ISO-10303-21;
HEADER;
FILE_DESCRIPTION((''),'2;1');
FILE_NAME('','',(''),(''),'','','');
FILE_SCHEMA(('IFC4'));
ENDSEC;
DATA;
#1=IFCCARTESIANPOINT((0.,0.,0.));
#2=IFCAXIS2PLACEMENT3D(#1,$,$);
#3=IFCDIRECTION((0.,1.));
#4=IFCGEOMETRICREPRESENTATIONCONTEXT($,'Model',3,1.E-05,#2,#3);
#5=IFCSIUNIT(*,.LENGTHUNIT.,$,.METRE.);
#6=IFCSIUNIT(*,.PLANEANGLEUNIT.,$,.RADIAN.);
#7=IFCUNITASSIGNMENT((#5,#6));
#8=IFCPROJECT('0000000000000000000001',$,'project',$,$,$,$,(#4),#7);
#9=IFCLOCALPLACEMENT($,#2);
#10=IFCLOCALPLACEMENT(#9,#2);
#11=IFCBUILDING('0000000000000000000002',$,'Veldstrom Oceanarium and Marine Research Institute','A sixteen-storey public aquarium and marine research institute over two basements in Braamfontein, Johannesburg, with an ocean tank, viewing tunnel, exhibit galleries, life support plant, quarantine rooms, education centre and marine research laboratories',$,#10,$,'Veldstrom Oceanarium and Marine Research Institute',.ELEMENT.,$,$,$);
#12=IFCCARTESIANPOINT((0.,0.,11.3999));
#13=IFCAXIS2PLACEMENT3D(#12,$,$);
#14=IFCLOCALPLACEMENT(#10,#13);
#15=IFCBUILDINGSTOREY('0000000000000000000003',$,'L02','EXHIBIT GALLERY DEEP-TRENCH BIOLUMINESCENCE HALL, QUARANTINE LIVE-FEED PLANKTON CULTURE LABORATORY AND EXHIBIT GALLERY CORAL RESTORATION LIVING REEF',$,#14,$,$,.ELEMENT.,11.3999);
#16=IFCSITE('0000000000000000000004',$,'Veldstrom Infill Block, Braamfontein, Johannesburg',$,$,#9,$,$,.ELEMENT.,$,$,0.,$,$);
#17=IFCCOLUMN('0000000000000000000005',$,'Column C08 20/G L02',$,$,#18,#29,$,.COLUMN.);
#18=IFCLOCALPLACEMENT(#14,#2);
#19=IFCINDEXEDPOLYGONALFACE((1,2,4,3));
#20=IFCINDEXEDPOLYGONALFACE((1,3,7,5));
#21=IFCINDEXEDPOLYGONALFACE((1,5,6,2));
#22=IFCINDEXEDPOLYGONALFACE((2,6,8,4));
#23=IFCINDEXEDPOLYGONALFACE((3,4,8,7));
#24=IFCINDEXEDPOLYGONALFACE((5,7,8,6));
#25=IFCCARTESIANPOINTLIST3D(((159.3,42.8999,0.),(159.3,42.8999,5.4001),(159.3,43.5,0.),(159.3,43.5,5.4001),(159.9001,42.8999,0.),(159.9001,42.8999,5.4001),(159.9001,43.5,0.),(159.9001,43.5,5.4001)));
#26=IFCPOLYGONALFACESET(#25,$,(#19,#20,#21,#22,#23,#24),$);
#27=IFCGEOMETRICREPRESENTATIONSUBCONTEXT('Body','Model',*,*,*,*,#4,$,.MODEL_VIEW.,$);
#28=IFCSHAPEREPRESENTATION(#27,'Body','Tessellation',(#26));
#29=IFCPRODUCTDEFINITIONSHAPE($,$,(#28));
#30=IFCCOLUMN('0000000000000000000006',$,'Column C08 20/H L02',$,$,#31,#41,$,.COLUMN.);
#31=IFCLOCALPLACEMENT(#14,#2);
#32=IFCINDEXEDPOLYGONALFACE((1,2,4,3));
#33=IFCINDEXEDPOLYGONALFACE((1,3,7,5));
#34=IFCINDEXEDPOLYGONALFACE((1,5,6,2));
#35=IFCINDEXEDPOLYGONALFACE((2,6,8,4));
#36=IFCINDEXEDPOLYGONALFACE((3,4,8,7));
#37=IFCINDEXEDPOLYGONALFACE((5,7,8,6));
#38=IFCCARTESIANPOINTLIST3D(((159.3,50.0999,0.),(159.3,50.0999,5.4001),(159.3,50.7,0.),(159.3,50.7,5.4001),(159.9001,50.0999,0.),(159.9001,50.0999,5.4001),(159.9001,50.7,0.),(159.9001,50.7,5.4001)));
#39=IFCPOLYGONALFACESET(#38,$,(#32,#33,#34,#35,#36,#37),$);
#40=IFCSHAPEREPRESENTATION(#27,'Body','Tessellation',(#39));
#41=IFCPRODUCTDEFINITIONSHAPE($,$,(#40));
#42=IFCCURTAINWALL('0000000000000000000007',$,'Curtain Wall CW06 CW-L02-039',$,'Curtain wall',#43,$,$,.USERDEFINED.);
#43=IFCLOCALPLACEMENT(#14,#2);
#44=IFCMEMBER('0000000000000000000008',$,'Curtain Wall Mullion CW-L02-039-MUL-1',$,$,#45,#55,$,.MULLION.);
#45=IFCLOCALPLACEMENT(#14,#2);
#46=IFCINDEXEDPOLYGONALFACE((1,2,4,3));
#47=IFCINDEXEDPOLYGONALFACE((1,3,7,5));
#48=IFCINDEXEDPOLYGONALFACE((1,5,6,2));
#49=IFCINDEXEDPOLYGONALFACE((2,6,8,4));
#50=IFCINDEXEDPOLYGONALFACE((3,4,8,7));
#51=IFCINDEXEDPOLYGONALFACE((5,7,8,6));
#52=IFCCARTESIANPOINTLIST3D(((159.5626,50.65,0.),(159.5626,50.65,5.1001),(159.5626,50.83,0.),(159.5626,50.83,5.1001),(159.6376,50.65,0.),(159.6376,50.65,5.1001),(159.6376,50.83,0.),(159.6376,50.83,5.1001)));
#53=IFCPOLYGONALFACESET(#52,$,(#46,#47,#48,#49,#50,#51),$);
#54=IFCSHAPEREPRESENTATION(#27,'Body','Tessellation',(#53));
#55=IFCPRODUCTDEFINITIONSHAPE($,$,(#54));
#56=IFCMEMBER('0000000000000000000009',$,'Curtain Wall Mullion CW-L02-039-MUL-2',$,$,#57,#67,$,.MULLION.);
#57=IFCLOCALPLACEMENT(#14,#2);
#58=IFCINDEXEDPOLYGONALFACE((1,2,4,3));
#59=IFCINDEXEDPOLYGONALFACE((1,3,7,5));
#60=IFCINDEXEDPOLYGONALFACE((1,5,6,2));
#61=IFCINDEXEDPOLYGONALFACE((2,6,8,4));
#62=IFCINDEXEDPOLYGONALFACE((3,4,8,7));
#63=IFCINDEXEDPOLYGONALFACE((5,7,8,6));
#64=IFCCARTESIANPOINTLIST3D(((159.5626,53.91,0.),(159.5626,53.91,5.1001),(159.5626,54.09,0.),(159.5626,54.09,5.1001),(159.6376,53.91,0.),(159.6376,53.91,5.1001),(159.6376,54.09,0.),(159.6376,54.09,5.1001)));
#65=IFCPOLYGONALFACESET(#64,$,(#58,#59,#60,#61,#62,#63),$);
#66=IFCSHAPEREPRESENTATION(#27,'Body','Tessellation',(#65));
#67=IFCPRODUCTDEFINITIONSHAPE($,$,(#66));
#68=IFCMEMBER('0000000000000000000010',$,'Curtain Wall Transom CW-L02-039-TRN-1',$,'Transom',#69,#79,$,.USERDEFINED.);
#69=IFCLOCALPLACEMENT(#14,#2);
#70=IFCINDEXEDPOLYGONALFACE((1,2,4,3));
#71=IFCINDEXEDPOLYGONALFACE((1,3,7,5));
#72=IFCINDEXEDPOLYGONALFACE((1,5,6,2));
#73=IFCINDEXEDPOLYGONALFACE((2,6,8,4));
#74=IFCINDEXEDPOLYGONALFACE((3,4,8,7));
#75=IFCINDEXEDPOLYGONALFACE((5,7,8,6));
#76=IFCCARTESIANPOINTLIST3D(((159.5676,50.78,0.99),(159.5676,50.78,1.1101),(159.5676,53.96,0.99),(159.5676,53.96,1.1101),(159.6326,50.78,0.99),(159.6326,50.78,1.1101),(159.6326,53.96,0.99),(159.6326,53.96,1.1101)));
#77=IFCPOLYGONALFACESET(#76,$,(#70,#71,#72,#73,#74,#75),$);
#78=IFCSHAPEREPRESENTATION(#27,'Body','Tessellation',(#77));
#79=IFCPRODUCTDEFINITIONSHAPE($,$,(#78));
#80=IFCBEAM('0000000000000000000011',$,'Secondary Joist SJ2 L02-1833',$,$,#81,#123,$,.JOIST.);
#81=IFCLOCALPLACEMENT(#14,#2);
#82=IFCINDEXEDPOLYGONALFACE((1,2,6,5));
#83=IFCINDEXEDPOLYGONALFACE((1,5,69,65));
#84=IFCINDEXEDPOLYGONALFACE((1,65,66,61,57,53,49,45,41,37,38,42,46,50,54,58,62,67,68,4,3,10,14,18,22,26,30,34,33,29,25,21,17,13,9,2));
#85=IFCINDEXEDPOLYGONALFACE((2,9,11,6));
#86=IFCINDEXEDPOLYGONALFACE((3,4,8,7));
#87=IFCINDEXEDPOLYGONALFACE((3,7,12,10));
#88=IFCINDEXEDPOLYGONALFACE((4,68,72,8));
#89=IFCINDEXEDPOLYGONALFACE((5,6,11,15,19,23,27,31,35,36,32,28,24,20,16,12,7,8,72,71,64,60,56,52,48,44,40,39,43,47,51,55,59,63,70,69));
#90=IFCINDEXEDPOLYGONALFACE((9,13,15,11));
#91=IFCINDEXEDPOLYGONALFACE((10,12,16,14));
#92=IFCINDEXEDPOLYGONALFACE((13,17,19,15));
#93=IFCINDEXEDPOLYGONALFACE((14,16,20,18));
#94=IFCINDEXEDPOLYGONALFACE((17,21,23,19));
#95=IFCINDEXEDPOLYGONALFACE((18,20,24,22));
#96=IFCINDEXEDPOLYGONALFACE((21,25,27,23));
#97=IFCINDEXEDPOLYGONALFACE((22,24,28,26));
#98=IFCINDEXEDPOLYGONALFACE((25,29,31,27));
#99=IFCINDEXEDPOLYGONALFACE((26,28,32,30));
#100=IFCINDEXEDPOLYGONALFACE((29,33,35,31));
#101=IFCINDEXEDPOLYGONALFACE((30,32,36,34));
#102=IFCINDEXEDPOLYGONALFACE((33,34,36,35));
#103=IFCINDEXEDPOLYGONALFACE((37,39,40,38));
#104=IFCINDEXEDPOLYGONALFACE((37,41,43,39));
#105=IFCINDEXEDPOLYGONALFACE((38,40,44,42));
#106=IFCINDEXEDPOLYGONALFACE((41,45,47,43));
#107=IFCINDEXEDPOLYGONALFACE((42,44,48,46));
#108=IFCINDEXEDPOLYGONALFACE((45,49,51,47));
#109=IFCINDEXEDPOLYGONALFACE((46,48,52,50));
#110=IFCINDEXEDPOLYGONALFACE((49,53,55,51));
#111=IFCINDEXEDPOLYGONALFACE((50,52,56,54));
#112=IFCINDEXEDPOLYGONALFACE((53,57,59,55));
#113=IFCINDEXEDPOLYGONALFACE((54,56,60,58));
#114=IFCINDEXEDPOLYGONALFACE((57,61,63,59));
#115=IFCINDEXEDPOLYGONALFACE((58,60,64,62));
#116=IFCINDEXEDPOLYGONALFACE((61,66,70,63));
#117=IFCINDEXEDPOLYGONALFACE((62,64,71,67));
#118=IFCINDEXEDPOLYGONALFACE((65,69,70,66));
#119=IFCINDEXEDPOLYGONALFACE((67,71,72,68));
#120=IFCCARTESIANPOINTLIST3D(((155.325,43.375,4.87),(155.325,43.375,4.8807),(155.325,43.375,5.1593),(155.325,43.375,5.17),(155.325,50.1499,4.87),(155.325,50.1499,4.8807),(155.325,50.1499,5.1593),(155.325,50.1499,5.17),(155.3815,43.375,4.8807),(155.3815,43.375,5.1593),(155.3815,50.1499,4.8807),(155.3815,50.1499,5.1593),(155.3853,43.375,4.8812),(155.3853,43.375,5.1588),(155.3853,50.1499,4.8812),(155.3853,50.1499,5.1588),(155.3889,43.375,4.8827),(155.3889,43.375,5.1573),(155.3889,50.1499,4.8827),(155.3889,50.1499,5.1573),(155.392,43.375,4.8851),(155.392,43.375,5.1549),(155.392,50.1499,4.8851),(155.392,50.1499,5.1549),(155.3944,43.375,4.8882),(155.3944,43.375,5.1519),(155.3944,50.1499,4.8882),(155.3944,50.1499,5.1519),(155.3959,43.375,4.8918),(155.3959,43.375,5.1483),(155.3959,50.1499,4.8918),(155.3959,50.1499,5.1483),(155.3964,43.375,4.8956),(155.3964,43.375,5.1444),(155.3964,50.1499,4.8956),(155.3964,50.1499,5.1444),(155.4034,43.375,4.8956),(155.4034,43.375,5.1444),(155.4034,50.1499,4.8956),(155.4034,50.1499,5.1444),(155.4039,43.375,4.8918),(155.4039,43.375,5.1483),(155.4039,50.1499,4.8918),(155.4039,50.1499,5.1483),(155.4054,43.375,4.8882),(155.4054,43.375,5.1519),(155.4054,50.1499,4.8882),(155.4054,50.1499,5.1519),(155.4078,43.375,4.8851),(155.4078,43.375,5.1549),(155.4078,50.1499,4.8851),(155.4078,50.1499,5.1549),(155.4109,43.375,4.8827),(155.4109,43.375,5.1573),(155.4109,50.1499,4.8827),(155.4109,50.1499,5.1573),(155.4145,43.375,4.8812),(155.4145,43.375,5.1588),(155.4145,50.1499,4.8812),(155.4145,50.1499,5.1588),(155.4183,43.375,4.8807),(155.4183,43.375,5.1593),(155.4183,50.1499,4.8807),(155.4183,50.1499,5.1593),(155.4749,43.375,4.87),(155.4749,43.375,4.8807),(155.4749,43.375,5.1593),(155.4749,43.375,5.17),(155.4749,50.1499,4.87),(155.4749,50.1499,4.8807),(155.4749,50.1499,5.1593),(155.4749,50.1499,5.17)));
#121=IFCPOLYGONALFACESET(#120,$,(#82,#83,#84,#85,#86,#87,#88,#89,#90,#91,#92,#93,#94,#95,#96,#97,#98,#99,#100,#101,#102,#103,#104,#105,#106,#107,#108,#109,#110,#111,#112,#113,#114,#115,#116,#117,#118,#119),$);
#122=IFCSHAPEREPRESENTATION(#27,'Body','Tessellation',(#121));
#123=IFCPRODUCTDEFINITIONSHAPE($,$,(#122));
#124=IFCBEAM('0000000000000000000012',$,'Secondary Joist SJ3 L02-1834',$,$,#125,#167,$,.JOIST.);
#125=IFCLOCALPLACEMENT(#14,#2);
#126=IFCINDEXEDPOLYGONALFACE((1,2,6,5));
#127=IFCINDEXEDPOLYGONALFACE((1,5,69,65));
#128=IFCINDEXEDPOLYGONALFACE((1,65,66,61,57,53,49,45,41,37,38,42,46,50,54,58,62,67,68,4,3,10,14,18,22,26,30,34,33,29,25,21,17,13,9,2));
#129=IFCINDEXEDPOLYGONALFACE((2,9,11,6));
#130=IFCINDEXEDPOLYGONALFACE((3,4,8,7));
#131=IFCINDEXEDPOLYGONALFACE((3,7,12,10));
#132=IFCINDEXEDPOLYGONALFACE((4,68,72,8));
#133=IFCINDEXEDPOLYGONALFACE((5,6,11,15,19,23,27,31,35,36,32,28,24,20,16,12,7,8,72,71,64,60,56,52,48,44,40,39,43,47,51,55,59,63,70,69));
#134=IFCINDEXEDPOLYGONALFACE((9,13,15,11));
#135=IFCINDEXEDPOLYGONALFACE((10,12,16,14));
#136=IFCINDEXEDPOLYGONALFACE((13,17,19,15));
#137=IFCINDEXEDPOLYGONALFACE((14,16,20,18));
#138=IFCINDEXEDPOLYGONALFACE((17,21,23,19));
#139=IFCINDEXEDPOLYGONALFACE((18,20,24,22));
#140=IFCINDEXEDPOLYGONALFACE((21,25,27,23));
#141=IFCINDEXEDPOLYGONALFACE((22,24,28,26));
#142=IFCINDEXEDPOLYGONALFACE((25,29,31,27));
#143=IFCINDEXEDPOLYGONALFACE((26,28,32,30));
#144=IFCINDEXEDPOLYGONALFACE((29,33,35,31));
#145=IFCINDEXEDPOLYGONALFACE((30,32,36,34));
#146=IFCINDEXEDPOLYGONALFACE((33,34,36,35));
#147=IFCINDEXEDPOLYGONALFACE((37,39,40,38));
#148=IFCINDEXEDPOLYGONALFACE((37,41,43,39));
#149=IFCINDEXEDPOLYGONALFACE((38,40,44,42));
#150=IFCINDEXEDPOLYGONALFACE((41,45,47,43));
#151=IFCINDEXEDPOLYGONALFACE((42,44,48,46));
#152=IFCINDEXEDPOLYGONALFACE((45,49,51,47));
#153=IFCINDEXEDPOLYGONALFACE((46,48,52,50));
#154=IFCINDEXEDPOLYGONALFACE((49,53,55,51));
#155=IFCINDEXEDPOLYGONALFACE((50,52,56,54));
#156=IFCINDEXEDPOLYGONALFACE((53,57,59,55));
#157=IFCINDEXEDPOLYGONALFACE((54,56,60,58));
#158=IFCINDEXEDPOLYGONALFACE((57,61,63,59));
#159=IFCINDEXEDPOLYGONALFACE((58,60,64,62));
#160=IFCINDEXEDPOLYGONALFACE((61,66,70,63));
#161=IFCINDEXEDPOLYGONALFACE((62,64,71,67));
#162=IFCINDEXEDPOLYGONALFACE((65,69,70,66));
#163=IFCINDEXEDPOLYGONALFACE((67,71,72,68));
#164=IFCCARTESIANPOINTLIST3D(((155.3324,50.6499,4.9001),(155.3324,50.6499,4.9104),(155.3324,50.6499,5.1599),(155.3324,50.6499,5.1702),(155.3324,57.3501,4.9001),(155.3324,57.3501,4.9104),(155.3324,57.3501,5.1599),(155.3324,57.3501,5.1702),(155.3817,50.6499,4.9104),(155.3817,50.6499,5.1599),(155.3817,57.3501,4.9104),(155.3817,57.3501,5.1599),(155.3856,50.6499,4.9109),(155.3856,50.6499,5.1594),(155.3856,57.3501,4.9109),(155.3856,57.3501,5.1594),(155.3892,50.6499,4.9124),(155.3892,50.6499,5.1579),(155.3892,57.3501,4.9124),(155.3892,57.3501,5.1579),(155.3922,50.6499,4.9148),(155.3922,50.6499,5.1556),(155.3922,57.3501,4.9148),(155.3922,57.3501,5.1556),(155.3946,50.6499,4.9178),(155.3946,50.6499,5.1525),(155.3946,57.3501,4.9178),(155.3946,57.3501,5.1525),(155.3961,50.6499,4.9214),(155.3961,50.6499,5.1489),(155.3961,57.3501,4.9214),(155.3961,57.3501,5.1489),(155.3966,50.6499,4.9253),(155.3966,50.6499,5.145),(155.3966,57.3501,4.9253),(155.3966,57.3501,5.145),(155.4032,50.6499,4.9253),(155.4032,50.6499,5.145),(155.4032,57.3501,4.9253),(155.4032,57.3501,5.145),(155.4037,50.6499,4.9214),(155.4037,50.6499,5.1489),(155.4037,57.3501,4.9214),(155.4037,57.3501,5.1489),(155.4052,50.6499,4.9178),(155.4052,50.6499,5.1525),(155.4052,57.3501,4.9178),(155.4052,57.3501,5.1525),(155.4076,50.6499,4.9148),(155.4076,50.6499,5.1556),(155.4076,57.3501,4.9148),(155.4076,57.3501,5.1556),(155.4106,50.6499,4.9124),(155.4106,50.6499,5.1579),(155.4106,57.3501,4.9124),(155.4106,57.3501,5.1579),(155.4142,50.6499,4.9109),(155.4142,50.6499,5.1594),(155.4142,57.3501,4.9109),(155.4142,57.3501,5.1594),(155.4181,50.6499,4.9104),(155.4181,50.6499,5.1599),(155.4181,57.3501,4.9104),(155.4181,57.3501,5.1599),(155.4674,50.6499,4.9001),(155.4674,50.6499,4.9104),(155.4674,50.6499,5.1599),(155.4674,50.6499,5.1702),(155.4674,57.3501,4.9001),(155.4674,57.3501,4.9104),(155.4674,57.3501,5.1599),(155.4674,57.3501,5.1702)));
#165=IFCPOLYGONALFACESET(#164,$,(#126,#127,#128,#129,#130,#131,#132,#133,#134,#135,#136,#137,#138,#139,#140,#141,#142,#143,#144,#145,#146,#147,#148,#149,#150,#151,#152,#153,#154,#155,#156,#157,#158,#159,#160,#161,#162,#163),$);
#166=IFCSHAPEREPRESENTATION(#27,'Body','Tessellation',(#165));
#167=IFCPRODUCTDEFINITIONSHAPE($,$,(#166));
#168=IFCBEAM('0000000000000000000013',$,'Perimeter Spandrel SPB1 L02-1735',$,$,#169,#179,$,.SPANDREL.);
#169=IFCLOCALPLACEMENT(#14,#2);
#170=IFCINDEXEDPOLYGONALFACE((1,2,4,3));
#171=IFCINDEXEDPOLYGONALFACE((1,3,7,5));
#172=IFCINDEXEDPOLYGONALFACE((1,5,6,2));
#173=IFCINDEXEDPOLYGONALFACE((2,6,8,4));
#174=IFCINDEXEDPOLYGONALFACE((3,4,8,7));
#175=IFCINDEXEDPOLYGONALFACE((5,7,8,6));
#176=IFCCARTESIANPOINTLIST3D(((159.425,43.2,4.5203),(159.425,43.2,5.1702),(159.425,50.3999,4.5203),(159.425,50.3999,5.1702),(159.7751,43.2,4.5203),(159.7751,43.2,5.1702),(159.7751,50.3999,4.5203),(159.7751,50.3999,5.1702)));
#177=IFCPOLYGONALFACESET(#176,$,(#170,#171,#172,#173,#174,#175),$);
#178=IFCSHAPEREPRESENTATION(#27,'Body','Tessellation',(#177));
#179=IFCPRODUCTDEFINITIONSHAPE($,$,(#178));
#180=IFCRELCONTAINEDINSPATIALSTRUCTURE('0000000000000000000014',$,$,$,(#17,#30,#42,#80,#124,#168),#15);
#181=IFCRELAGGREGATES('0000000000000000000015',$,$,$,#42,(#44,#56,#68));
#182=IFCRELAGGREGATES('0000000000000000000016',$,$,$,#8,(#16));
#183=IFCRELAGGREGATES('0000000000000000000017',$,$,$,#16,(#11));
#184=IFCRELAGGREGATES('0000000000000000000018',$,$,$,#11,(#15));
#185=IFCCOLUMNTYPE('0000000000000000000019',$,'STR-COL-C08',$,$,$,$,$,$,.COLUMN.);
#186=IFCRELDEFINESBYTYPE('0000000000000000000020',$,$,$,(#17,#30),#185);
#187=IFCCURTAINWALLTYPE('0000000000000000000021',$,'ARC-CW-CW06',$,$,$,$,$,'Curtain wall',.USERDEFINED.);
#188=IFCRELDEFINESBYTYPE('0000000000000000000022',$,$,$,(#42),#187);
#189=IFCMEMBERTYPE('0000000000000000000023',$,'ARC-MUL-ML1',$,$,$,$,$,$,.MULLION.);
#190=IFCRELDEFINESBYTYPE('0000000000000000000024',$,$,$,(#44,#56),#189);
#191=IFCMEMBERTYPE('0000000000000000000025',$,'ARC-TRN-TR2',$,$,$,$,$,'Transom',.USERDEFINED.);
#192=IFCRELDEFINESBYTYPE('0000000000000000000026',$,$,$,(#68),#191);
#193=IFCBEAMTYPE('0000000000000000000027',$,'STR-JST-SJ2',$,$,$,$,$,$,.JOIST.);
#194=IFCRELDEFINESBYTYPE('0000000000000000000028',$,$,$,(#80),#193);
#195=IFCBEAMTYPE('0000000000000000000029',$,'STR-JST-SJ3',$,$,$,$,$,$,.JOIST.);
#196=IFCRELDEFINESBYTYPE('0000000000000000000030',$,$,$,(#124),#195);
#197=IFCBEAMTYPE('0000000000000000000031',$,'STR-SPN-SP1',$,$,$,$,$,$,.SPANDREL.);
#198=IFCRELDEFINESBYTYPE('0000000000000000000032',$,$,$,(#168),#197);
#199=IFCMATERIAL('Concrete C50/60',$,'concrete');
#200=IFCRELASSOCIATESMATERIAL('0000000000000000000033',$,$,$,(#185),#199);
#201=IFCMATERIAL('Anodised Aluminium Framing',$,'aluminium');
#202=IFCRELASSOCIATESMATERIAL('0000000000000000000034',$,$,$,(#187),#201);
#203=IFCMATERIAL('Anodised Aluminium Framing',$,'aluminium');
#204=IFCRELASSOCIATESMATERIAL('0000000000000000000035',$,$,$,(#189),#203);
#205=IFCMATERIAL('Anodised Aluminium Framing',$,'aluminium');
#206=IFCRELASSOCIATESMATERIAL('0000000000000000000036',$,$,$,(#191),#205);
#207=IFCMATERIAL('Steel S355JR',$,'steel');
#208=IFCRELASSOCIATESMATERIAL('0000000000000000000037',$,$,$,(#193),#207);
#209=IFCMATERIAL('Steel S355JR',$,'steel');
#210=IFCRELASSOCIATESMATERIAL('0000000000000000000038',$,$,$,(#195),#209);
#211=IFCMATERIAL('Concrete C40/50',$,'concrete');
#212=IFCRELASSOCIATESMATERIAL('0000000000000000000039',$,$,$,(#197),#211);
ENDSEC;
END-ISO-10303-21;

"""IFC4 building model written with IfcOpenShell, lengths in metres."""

from ifc_helpers import new_model, si_unit, direction, frame, origin, origin_2d, place, context, subcontext, project, spatial, rectangle, i_section, extrude, material, material_profile, profile_set, type_object, element, aggregate, save


model = new_model("IFC4")

# Units and contexts
model_context = context("Model", 3, precision=1e-05, world=origin(), true_north=direction((0.0, 1.0)))
body_context = subcontext(model_context, "Body", "Model", "MODEL_VIEW")
ifc_project = project(units=[si_unit("LENGTHUNIT", "METRE"), si_unit("PLANEANGLEUNIT", "RADIAN")], contexts=[model_context])

# Site, building, storey
site_placement = place(None, origin())
site = spatial("IfcSite", under=ifc_project, at=site_placement, Name="Veldstrom Infill Block, Braamfontein, Johannesburg", CompositionType="ELEMENT", RefElevation=0.0)
building_placement = place(site_placement, origin())
building = spatial("IfcBuilding", under=site, at=building_placement, Name="Veldstrom Oceanarium and Marine Research Institute", Description="A sixteen-storey public aquarium and marine research institute over two basements in Braamfontein, Johannesburg, with an ocean tank, viewing tunnel, exhibit galleries, life support plant, quarantine rooms, education centre and marine research laboratories", LongName="Veldstrom Oceanarium and Marine Research Institute", CompositionType="ELEMENT")
storey_placement = place(building_placement, frame((0.0, 0.0, 11.3999)))
storey = spatial("IfcBuildingStorey", under=building, at=storey_placement, Name="L02", Description="EXHIBIT GALLERY DEEP-TRENCH BIOLUMINESCENCE HALL, QUARANTINE LIVE-FEED PLANKTON CULTURE LABORATORY AND EXHIBIT GALLERY CORAL RESTORATION LIVING REEF", CompositionType="ELEMENT", Elevation=11.3999)

# Columns
ifc_material_1 = material(Name="Concrete C50/60", Category="concrete")
ifc_material_profile_1 = material_profile(ifc_material_1, rectangle(XDim=0.6001, YDim=0.6001, at=origin_2d()), Name="RC-COL-600x600")
ifc_profile_set_1 = profile_set([ifc_material_profile_1], Name="Concrete C50/60")
column_type = type_object("IfcColumnType", Name="STR-COL-C08", PredefinedType="COLUMN", material=ifc_profile_set_1)
for number, where, z_axis, x_axis, name in (
    (1, (159.6001, 43.2, 0.0), (0.0, 0.0, 1.0), (1.0, 0.0, 0.0), "Column C08 20/G L02"),
    (2, (159.6001, 50.3999, 0.0), (0.0, 0.0, 1.0), (1.0, 0.0, 0.0), "Column C08 20/H L02"),
):
    element("IfcColumn", number, at=place(storey_placement, frame(where, z_axis=z_axis, x_axis=x_axis)), inside=storey, type_object=column_type, Name=name, PredefinedType="COLUMN", context=body_context, shape_type="SweptSolid", body=[
        extrude(rectangle(XDim=0.6001, YDim=0.6001, at=origin_2d()), origin(), (0.0, 0.0, 1.0), 5.4001),
    ])

# Curtain wall, members
ifc_material_2 = material(Name="Anodised Aluminium Framing", Category="aluminium")
curtain_wall_type = type_object("IfcCurtainWallType", Name="ARC-CW-CW06", ElementType="Curtain wall", PredefinedType="USERDEFINED", material=ifc_material_2)
curtain_wall_placement = place(storey_placement, origin())
curtain_wall = element("IfcCurtainWall", 3, at=curtain_wall_placement, inside=storey, type_object=curtain_wall_type, Name="Curtain Wall CW06 CW-L02-039", ObjectType="Curtain wall", PredefinedType="USERDEFINED")
ifc_material_3 = material(Name="Anodised Aluminium Framing", Category="aluminium")
ifc_material_profile_2 = material_profile(ifc_material_3, rectangle(XDim=0.075, YDim=0.1799, at=origin_2d()), Name="ALU-MUL-75x180")
ifc_profile_set_2 = profile_set([ifc_material_profile_2], Name="Anodised Aluminium Framing")
member_type_1 = type_object("IfcMemberType", Name="ARC-MUL-ML1", PredefinedType="MULLION", material=ifc_profile_set_2)
member_1_placement = place(storey_placement, frame((159.6001, 50.74, 0.0), z_axis=(0.0, 0.0, 1.0), x_axis=(1.0, 0.0, 0.0)))
member_1 = element("IfcMember", 4, at=member_1_placement, type_object=member_type_1, Name="Curtain Wall Mullion CW-L02-039-MUL-1", PredefinedType="MULLION", context=body_context, shape_type="SweptSolid", body=[
    extrude(rectangle(XDim=0.075, YDim=0.1799, at=origin_2d()), origin(), (0.0, 0.0, 1.0), 5.1001),
])
member_2_placement = place(storey_placement, frame((159.6001, 54.0, 0.0), z_axis=(0.0, 0.0, 1.0), x_axis=(1.0, 0.0, 0.0)))
member_2 = element("IfcMember", 5, at=member_2_placement, type_object=member_type_1, Name="Curtain Wall Mullion CW-L02-039-MUL-2", PredefinedType="MULLION", context=body_context, shape_type="SweptSolid", body=[
    extrude(rectangle(XDim=0.075, YDim=0.1799, at=origin_2d()), origin(), (0.0, 0.0, 1.0), 5.1001),
])
ifc_material_4 = material(Name="Anodised Aluminium Framing", Category="aluminium")
ifc_material_profile_3 = material_profile(ifc_material_4, rectangle(XDim=0.0649, YDim=0.1201, at=origin_2d()), Name="ALU-TRN-65x120")
ifc_profile_set_3 = profile_set([ifc_material_profile_3], Name="Anodised Aluminium Framing")
member_type_2 = type_object("IfcMemberType", Name="ARC-TRN-TR2", ElementType="Transom", PredefinedType="USERDEFINED", material=ifc_profile_set_3)
member_3_placement = place(storey_placement, frame((159.6001, 50.78, 1.05), z_axis=(0.0, 1.0, 0.0), x_axis=(-1.0, 0.0, 0.0)))
member_3 = element("IfcMember", 6, at=member_3_placement, type_object=member_type_2, Name="Curtain Wall Transom CW-L02-039-TRN-1", ObjectType="Transom", PredefinedType="USERDEFINED", context=body_context, shape_type="SweptSolid", body=[
    extrude(rectangle(XDim=0.0649, YDim=0.1201, at=origin_2d()), origin(), (0.0, 0.0, 1.0), 3.1799),
])

# Beams
ifc_material_5 = material(Name="Steel S355JR", Category="steel")
ifc_material_profile_4 = material_profile(ifc_material_5, i_section(OverallWidth=0.1499, OverallDepth=0.3, WebThickness=0.0071, FlangeThickness=0.0107, FilletRadius=0.0149, at=origin_2d()), Name="IPE 300")
ifc_profile_set_4 = profile_set([ifc_material_profile_4], Name="Steel S355JR")
beam_type_1 = type_object("IfcBeamType", Name="STR-JST-SJ2", PredefinedType="JOIST", material=ifc_profile_set_4)
beam_1_placement = place(storey_placement, frame((155.3999, 43.375, 5.02), z_axis=(0.0, 1.0, 0.0), x_axis=(-1.0, 0.0, 0.0)))
element("IfcBeam", 7, at=beam_1_placement, inside=storey, type_object=beam_type_1, Name="Secondary Joist SJ2 L02-1833", PredefinedType="JOIST", context=body_context, shape_type="SweptSolid", body=[
    extrude(i_section(OverallWidth=0.1499, OverallDepth=0.3, WebThickness=0.0071, FlangeThickness=0.0107, FilletRadius=0.0149, at=origin_2d()), origin(), (0.0, 0.0, 1.0), 6.7749),
])
ifc_material_6 = material(Name="Steel S355JR", Category="steel")
ifc_material_profile_5 = material_profile(ifc_material_6, i_section(OverallWidth=0.135, OverallDepth=0.27, WebThickness=0.0066, FlangeThickness=0.0103, FilletRadius=0.0149, at=origin_2d()), Name="IPE 270")
ifc_profile_set_5 = profile_set([ifc_material_profile_5], Name="Steel S355JR")
beam_type_2 = type_object("IfcBeamType", Name="STR-JST-SJ3", PredefinedType="JOIST", material=ifc_profile_set_5)
beam_2_placement = place(storey_placement, frame((155.3999, 50.6499, 5.0352), z_axis=(0.0, 1.0, 0.0), x_axis=(-1.0, 0.0, 0.0)))
element("IfcBeam", 8, at=beam_2_placement, inside=storey, type_object=beam_type_2, Name="Secondary Joist SJ3 L02-1834", PredefinedType="JOIST", context=body_context, shape_type="SweptSolid", body=[
    extrude(i_section(OverallWidth=0.135, OverallDepth=0.27, WebThickness=0.0066, FlangeThickness=0.0103, FilletRadius=0.0149, at=origin_2d()), origin(), (0.0, 0.0, 1.0), 6.7002),
])
ifc_material_7 = material(Name="Concrete C40/50", Category="concrete")
ifc_material_profile_6 = material_profile(ifc_material_7, rectangle(XDim=0.3501, YDim=0.6499, at=origin_2d()), Name="RC-SPN-350x650")
ifc_profile_set_6 = profile_set([ifc_material_profile_6], Name="Concrete C40/50")
beam_type_3 = type_object("IfcBeamType", Name="STR-SPN-SP1", PredefinedType="SPANDREL", material=ifc_profile_set_6)
beam_3_placement = place(storey_placement, frame((159.6001, 43.2, 4.8452), z_axis=(0.0, 1.0, 0.0), x_axis=(-1.0, 0.0, 0.0)))
element("IfcBeam", 9, at=beam_3_placement, inside=storey, type_object=beam_type_3, Name="Perimeter Spandrel SPB1 L02-1735", PredefinedType="SPANDREL", context=body_context, shape_type="SweptSolid", body=[
    extrude(rectangle(XDim=0.3501, YDim=0.6499, at=origin_2d()), origin(), (0.0, 0.0, 1.0), 7.2),
])

aggregate(curtain_wall, [member_1, member_2, member_3])

save(model, "model.ifc")
